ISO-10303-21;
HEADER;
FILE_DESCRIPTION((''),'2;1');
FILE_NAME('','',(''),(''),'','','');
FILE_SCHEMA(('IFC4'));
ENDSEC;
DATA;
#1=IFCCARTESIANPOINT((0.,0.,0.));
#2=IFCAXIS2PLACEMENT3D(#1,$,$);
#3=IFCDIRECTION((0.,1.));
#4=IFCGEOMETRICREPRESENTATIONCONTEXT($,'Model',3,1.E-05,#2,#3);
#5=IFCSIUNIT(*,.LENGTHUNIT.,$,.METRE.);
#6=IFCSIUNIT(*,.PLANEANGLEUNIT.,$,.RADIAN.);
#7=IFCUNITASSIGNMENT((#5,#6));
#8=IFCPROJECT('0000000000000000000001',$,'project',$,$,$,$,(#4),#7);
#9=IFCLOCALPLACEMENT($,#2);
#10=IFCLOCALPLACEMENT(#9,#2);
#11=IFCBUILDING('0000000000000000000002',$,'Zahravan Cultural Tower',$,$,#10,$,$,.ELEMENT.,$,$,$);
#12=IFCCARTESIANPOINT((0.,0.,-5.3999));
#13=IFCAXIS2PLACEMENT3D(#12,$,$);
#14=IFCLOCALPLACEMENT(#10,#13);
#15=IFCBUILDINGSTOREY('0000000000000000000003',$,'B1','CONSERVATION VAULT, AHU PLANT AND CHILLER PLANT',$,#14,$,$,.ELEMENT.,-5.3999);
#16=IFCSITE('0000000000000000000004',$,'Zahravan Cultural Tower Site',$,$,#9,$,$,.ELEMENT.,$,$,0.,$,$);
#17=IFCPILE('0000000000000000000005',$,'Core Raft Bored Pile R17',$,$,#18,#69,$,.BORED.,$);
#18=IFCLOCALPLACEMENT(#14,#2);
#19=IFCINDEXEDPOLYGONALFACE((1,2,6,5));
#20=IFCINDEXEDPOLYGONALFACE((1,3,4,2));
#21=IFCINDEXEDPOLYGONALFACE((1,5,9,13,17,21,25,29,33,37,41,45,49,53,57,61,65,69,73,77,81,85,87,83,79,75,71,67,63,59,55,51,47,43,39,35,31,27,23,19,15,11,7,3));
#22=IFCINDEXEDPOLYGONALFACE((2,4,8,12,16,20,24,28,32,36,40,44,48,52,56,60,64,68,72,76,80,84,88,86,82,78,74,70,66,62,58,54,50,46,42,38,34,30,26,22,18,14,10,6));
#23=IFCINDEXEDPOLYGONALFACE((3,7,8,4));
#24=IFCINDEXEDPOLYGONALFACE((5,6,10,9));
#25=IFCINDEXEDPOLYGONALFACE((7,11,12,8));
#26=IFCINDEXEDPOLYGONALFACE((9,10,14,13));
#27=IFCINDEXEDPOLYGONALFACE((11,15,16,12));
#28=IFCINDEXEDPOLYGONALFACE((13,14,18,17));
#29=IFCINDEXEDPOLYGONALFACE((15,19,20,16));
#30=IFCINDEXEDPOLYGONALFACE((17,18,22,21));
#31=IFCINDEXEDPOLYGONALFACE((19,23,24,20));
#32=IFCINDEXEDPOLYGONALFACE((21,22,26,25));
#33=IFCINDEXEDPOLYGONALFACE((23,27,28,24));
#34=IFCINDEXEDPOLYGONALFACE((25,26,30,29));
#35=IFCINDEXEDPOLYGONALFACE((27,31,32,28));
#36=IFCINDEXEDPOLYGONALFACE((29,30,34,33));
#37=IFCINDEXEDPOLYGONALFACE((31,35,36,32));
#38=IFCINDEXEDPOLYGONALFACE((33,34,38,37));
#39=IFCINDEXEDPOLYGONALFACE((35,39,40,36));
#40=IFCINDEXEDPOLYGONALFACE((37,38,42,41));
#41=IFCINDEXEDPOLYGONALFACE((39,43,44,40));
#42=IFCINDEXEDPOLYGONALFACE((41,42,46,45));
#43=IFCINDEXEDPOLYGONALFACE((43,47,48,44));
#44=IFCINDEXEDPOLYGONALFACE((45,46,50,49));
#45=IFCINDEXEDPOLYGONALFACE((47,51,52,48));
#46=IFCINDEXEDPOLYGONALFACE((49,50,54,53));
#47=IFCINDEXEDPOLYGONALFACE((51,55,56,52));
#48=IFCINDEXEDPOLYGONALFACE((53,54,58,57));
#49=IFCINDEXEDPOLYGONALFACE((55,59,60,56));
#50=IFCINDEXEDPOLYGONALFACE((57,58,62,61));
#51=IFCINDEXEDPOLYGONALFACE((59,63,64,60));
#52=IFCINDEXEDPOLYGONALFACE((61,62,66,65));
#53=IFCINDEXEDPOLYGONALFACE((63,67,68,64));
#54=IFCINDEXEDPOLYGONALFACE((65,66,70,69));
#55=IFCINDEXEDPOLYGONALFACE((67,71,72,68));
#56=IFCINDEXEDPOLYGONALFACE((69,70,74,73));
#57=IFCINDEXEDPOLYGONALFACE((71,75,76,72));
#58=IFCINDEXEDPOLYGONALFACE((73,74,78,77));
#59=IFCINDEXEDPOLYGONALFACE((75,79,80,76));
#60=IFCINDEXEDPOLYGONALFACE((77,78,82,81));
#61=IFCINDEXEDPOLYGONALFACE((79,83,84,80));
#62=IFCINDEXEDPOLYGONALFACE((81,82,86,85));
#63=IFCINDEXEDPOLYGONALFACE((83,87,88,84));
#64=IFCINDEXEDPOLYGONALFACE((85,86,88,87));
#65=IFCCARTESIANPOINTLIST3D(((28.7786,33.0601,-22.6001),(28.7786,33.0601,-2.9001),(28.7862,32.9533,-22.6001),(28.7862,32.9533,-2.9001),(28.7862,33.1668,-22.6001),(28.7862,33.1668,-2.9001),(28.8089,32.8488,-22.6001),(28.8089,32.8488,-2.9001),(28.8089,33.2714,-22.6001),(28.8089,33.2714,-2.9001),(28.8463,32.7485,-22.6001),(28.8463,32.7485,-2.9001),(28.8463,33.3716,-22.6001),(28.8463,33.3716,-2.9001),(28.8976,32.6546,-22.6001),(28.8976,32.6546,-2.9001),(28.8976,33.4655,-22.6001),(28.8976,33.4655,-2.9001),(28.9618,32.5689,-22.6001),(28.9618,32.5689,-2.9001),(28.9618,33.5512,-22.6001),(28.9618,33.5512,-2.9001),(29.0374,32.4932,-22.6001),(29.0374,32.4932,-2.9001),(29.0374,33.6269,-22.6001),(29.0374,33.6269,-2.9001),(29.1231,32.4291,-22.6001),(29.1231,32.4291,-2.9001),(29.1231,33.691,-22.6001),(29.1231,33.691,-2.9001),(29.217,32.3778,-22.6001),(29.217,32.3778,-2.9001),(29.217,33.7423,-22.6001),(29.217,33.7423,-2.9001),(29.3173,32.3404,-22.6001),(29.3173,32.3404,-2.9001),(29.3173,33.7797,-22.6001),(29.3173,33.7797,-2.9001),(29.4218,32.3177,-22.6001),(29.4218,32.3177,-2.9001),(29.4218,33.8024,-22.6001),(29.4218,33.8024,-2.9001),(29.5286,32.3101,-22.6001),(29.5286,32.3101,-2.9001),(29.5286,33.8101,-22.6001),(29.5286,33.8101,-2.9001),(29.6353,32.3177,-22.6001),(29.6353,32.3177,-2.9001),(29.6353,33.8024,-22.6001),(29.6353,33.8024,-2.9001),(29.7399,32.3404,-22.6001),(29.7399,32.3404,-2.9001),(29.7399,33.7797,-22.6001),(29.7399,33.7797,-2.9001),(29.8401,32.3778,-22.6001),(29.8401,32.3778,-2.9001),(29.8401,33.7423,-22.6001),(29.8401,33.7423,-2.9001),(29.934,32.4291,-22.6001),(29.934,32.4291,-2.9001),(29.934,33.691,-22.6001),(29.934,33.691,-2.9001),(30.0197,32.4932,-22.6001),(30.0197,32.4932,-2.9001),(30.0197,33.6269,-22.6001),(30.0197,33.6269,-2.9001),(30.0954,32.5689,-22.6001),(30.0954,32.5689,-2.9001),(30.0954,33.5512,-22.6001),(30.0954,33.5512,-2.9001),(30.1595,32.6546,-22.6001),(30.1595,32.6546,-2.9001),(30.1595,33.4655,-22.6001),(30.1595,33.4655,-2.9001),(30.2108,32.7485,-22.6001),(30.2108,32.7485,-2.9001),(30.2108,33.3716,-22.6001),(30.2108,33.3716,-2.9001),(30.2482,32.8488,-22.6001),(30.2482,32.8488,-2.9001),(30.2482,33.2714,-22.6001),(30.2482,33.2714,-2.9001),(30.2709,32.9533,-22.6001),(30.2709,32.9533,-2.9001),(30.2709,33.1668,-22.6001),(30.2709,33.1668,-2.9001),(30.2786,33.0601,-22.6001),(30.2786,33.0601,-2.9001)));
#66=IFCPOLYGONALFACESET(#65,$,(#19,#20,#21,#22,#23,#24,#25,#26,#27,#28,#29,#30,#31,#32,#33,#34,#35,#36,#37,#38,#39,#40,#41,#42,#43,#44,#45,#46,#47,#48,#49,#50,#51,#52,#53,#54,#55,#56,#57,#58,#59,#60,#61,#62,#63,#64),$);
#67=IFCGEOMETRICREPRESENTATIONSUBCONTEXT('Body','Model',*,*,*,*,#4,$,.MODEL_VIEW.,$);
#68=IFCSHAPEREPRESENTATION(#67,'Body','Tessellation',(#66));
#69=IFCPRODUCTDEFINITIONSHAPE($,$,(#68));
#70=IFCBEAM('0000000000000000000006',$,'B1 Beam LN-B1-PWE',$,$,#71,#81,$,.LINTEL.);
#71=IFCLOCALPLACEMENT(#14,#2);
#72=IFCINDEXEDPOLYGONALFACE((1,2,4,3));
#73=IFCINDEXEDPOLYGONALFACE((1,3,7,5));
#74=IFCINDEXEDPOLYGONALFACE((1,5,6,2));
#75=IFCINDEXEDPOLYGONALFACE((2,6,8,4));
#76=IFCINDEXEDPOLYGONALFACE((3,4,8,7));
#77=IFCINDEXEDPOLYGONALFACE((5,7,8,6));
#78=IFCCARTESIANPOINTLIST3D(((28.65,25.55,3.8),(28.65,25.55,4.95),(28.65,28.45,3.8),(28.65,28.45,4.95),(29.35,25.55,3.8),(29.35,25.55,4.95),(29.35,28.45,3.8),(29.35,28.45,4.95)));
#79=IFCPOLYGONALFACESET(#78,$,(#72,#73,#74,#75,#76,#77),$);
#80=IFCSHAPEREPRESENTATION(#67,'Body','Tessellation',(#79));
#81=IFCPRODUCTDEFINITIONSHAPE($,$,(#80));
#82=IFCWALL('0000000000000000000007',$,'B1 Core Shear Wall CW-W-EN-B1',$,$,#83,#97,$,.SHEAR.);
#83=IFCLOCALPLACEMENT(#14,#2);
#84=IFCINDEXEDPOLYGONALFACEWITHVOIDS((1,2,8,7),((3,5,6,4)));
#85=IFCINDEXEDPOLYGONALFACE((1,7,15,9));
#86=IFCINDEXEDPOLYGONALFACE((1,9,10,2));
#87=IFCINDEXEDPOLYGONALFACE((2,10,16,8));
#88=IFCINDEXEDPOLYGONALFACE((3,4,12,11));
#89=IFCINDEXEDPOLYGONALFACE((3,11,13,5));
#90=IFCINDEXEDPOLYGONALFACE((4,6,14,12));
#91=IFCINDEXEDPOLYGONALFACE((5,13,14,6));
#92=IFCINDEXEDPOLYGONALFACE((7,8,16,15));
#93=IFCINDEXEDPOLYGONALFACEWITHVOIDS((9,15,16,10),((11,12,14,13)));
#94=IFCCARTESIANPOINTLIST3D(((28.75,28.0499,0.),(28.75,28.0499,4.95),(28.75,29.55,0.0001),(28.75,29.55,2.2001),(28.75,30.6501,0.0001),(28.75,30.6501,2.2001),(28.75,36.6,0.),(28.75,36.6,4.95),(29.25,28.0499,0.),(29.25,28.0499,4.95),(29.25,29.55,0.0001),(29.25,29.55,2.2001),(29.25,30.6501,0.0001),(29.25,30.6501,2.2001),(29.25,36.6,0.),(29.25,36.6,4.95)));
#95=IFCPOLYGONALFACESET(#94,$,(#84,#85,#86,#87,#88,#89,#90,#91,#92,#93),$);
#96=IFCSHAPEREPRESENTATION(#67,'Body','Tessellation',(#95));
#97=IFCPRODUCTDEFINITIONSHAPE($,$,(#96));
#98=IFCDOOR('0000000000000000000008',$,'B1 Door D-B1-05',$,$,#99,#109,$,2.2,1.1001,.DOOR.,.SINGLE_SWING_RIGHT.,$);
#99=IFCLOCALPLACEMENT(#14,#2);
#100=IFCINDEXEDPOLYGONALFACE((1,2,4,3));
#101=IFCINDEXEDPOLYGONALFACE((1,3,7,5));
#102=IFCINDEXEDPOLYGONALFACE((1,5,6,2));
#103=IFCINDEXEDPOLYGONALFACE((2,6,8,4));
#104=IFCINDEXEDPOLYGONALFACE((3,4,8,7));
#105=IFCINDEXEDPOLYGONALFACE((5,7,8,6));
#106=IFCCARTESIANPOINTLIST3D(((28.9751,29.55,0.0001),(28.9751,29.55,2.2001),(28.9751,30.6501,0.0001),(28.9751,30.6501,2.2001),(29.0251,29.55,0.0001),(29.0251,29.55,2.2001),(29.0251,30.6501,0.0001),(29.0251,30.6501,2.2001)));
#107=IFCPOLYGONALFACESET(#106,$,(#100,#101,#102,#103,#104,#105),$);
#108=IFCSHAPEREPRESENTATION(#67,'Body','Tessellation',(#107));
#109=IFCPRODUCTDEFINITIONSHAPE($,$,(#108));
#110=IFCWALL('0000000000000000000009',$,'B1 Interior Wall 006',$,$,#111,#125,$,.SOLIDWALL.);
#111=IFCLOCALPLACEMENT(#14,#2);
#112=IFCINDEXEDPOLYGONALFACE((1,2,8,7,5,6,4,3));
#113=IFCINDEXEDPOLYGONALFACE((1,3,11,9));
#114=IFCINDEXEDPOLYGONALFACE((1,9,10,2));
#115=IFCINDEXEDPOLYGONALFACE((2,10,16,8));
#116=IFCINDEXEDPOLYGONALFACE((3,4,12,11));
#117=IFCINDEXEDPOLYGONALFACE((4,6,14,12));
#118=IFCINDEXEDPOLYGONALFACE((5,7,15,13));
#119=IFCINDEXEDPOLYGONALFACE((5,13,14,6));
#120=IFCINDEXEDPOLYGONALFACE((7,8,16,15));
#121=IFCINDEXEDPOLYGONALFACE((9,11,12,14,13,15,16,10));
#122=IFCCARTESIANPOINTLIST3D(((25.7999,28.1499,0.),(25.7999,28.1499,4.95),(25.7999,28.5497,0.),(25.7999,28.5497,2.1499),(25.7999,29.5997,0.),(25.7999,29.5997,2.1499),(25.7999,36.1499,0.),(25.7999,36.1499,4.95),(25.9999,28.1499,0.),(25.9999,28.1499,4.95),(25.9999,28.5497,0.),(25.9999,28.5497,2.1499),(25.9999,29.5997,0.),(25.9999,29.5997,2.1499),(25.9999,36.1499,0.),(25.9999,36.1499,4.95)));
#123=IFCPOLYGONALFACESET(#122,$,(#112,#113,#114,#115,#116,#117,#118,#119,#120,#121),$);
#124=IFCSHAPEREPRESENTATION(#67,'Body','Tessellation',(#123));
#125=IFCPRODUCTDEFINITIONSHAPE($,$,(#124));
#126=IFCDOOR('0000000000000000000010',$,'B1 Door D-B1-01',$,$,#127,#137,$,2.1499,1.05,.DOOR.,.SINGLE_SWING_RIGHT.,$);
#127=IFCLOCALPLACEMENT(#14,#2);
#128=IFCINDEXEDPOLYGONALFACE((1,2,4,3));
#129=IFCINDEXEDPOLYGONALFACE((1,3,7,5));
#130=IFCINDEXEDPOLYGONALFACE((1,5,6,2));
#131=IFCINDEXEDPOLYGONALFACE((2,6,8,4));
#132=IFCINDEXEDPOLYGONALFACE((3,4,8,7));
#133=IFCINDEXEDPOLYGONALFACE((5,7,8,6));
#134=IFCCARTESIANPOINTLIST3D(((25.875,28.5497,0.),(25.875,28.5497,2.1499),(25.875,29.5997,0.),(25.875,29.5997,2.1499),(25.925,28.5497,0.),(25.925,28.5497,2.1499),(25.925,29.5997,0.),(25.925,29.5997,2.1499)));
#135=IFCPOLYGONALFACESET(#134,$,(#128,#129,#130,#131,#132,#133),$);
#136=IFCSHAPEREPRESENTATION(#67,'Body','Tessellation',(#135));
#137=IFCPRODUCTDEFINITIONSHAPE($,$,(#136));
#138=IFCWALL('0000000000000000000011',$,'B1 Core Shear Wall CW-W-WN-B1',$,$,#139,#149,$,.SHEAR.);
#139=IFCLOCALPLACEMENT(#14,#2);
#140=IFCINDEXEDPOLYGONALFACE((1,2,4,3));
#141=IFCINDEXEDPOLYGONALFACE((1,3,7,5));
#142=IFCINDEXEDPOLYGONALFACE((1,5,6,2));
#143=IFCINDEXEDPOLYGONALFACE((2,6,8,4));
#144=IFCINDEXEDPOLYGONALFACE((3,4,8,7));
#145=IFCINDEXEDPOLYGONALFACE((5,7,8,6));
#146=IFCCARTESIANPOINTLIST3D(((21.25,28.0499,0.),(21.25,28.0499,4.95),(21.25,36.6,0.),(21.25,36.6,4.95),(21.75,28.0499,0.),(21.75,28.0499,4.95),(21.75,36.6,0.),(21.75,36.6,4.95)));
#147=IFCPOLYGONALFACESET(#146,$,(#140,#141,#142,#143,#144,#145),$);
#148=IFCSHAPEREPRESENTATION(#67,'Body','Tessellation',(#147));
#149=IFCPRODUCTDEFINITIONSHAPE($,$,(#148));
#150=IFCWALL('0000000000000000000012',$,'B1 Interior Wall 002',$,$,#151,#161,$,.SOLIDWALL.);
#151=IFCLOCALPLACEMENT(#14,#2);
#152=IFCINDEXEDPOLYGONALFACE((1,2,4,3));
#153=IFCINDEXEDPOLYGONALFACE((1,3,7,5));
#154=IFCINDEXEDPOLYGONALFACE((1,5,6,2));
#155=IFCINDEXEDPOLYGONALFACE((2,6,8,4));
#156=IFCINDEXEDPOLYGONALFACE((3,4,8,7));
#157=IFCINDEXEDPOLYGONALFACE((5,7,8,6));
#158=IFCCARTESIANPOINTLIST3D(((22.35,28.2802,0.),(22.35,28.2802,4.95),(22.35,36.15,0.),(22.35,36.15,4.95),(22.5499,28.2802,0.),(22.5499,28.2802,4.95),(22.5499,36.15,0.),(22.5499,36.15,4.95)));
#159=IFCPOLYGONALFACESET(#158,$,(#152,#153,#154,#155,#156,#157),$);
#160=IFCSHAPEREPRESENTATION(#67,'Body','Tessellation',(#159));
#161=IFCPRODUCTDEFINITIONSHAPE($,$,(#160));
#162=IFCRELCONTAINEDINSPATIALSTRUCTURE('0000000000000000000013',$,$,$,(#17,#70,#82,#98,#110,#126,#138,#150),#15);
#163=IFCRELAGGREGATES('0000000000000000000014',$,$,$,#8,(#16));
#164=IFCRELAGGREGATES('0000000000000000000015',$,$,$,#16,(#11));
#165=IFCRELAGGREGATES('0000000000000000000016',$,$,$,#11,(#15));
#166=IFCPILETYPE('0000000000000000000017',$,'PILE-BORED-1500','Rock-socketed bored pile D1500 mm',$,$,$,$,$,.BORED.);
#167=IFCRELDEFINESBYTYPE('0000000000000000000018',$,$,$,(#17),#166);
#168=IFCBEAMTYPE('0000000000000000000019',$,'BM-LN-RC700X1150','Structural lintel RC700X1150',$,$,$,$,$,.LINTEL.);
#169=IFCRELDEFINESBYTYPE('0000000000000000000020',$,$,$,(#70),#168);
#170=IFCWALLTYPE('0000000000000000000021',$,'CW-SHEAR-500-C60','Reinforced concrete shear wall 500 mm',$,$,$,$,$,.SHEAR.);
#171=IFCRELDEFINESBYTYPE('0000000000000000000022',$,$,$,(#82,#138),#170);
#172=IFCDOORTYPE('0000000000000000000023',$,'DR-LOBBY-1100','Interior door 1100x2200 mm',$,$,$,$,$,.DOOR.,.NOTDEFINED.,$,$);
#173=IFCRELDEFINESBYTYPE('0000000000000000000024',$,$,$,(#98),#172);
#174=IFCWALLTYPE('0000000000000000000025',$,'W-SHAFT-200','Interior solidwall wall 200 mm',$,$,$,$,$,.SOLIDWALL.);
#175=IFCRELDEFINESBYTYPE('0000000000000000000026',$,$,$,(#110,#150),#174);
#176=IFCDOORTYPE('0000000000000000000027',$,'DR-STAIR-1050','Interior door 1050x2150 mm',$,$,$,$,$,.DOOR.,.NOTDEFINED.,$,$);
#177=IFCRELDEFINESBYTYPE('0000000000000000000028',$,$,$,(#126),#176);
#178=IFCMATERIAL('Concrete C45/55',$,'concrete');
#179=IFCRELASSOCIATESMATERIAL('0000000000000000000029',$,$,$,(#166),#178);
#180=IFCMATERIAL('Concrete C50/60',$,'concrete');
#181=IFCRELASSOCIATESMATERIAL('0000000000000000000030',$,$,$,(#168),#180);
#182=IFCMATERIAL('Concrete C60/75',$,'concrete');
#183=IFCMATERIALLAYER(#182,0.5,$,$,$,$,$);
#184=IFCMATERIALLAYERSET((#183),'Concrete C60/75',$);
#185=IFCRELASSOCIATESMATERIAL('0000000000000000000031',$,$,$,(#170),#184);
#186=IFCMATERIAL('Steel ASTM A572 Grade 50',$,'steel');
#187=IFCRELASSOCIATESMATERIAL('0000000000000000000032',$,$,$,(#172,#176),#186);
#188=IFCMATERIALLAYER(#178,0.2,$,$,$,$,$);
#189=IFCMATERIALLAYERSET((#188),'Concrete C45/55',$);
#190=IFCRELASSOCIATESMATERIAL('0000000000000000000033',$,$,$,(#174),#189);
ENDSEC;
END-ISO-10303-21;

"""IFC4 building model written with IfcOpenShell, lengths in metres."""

from ifc_helpers import new_model, si_unit, direction, frame, frame_2d, origin, origin_2d, place, context, subcontext, project, spatial, rectangle, circle, extrude, source, transform, mapped, material, layer, layer_set, material_profile, profile_set, type_object, element, fill, save


model = new_model("IFC4")

# Units and contexts
model_context = context("Model", 3, precision=1e-05, world=origin(), true_north=direction((0.0, 1.0)))
body_context = subcontext(model_context, "Body", "Model", "MODEL_VIEW")
ifc_project = project(units=[si_unit("LENGTHUNIT", "METRE"), si_unit("PLANEANGLEUNIT", "RADIAN")], contexts=[model_context])

# Site, building, storey
site_placement = place(None, origin())
site = spatial("IfcSite", under=ifc_project, at=site_placement, Name="Zahravan Cultural Tower Site", CompositionType="ELEMENT", RefElevation=0.0)
building_placement = place(site_placement, origin())
building = spatial("IfcBuilding", under=site, at=building_placement, Name="Zahravan Cultural Tower", CompositionType="ELEMENT")
storey_placement = place(building_placement, frame((0.0, 0.0, -5.3999)))
storey = spatial("IfcBuildingStorey", under=building, at=storey_placement, Name="B1", Description="CONSERVATION VAULT, AHU PLANT AND CHILLER PLANT", CompositionType="ELEMENT", Elevation=-5.3999)

# Pile
ifc_material_1 = material(Name="Concrete C45/55", Category="concrete")
ifc_material_profile_1 = material_profile(ifc_material_1, circle(Radius=0.75, at=origin_2d()), Name="PILE-D1500")
ifc_profile_set_1 = profile_set([ifc_material_profile_1], Name="Concrete C45/55")
pile_type = type_object("IfcPileType", Name="PILE-BORED-1500", Description="Rock-socketed bored pile D1500 mm", PredefinedType="BORED", material=ifc_profile_set_1)
for number, where, z_axis, x_axis, name in (
    (1, (29.5286, 33.0601, -2.9001), (0.0, 0.0, -1.0), (1.0, 0.0, 0.0), "Core Raft Bored Pile R17"),
):
    element("IfcPile", number, at=place(storey_placement, frame(where, z_axis=z_axis, x_axis=x_axis)), inside=storey, type_object=pile_type, Name=name, PredefinedType="BORED", context=body_context, shape_type="SweptSolid", body=[
        extrude(circle(Radius=0.75, at=origin_2d()), origin(), (0.0, 0.0, 1.0), 19.7),
    ])

# Beam
ifc_material_2 = material(Name="Concrete C50/60", Category="concrete")
ifc_material_profile_2 = material_profile(ifc_material_2, rectangle(XDim=0.7, YDim=1.1499, at=origin_2d()), Name="RC700X1150")
ifc_profile_set_2 = profile_set([ifc_material_profile_2], Name="Concrete C50/60")
beam_type = type_object("IfcBeamType", Name="BM-LN-RC700X1150", Description="Structural lintel RC700X1150", PredefinedType="LINTEL", material=ifc_profile_set_2)
shared_shape_1 = source(origin(), body_context, "Body", "SweptSolid", [
    extrude(rectangle(XDim=0.7, YDim=1.1499, at=origin_2d()), origin(), (0.0, 0.0, 1.0), 2.8999),
])
beam_placement = place(storey_placement, frame((29.0, 25.55, 4.375), z_axis=(0.0, 1.0, 0.0), x_axis=(-1.0, 0.0, 0.0)))
element("IfcBeam", 2, at=beam_placement, inside=storey, type_object=beam_type, Name="B1 Beam LN-B1-PWE", PredefinedType="LINTEL", context=body_context, shape_type="MappedRepresentation", body=[
    mapped(shared_shape_1, transform((0.0, 0.0, 0.0), x_axis=(1.0, 0.0, 0.0), y_axis=(0.0, 1.0, 0.0), z_axis=(0.0, 0.0, 1.0), scale=1.0)),
])

# Walls, openings, doors
ifc_material_3 = material(Name="Concrete C60/75", Category="concrete")
ifc_layer_1 = layer(ifc_material_3, 0.5)
ifc_layer_set_1 = layer_set([ifc_layer_1], Name="Concrete C60/75")
wall_type_1 = type_object("IfcWallType", Name="CW-SHEAR-500-C60", Description="Reinforced concrete shear wall 500 mm", PredefinedType="SHEAR", material=ifc_layer_set_1)
wall_1_placement = place(storey_placement, frame((29.0, 28.05, 0.0), z_axis=(0.0, 0.0, 1.0), x_axis=(0.0, 1.0, 0.0)))
wall_1 = element("IfcWall", 3, at=wall_1_placement, inside=storey, type_object=wall_type_1, Name="B1 Core Shear Wall CW-W-EN-B1", PredefinedType="SHEAR", context=body_context, shape_type="SweptSolid", body=[
    extrude(rectangle(XDim=8.55, YDim=0.5, at=frame_2d((4.2749, 0.0))), origin(), (0.0, 0.0, 1.0), 4.95),
])
opening_1_placement = place(wall_1_placement, frame((1.5, 0.0, 0.0)))
opening_1 = element("IfcOpeningElement", 4, at=opening_1_placement, cuts=wall_1, PredefinedType="OPENING", context=body_context, shape_type="SweptSolid", body=[
    extrude(rectangle(XDim=1.1001, YDim=2.2, at=frame_2d((0.55, 1.1001))), frame((0.0, 0.26, 0.0), z_axis=(0.0, -1.0, 0.0), x_axis=(1.0, 0.0, 0.0)), (0.0, 0.0, 1.0), 0.52),
])
ifc_material_4 = material(Name="Steel ASTM A572 Grade 50", Category="steel")
door_type_1 = type_object("IfcDoorType", Name="DR-LOBBY-1100", Description="Interior door 1100x2200 mm", OperationType="NOTDEFINED", PredefinedType="DOOR", material=ifc_material_4)
shared_shape_2 = source(origin(), body_context, "Body", "SweptSolid", [
    extrude(rectangle(XDim=1.1001, YDim=2.2, at=frame_2d((0.55, 1.1001))), frame((0.0, 0.0249, 0.0), z_axis=(0.0, -1.0, 0.0), x_axis=(1.0, 0.0, 0.0)), (0.0, 0.0, 1.0), 0.05),
])
door_1_placement = place(opening_1_placement, origin())
door_1 = element("IfcDoor", 5, at=door_1_placement, inside=storey, type_object=door_type_1, Name="B1 Door D-B1-05", OperationType="SINGLE_SWING_RIGHT", OverallHeight=2.2, OverallWidth=1.1001, PredefinedType="DOOR", context=body_context, shape_type="MappedRepresentation", body=[
    mapped(shared_shape_2, transform((0.0, 0.0, 0.0), x_axis=(1.0, 0.0, 0.0), y_axis=(0.0, 1.0, 0.0), z_axis=(0.0, 0.0, 1.0), scale=1.0)),
])
fill(opening_1, door_1)
ifc_layer_2 = layer(ifc_material_1, 0.2)
ifc_layer_set_2 = layer_set([ifc_layer_2], Name="Concrete C45/55")
wall_type_2 = type_object("IfcWallType", Name="W-SHAFT-200", Description="Interior solidwall wall 200 mm", PredefinedType="SOLIDWALL", material=ifc_layer_set_2)
wall_2_placement = place(storey_placement, frame((25.8999, 28.1499, 0.0), z_axis=(0.0, 0.0, 1.0), x_axis=(0.0, 1.0, 0.0)))
wall_2 = element("IfcWall", 6, at=wall_2_placement, inside=storey, type_object=wall_type_2, Name="B1 Interior Wall 006", PredefinedType="SOLIDWALL", context=body_context, shape_type="SweptSolid", body=[
    extrude(rectangle(XDim=8.0, YDim=0.2, at=frame_2d((4.0, 0.0))), origin(), (0.0, 0.0, 1.0), 4.95),
])
opening_2_placement = place(wall_2_placement, frame((0.3999, 0.0, 0.0)))
opening_2 = element("IfcOpeningElement", 7, at=opening_2_placement, cuts=wall_2, PredefinedType="OPENING", context=body_context, shape_type="SweptSolid", body=[
    extrude(rectangle(XDim=1.05, YDim=2.1499, at=frame_2d((0.5249, 1.075))), frame((0.0, 0.1099, 0.0), z_axis=(0.0, -1.0, 0.0), x_axis=(1.0, 0.0, 0.0)), (0.0, 0.0, 1.0), 0.22),
])
door_type_2 = type_object("IfcDoorType", Name="DR-STAIR-1050", Description="Interior door 1050x2150 mm", OperationType="NOTDEFINED", PredefinedType="DOOR", material=ifc_material_4)
shared_shape_3 = source(origin(), body_context, "Body", "SweptSolid", [
    extrude(rectangle(XDim=1.05, YDim=2.1499, at=frame_2d((0.5249, 1.075))), frame((0.0, 0.0249, 0.0), z_axis=(0.0, -1.0, 0.0), x_axis=(1.0, 0.0, 0.0)), (0.0, 0.0, 1.0), 0.05),
])
door_2_placement = place(opening_2_placement, origin())
door_2 = element("IfcDoor", 8, at=door_2_placement, inside=storey, type_object=door_type_2, Name="B1 Door D-B1-01", OperationType="SINGLE_SWING_RIGHT", OverallHeight=2.1499, OverallWidth=1.05, PredefinedType="DOOR", context=body_context, shape_type="MappedRepresentation", body=[
    mapped(shared_shape_3, transform((0.0, 0.0, 0.0), x_axis=(1.0, 0.0, 0.0), y_axis=(0.0, 1.0, 0.0), z_axis=(0.0, 0.0, 1.0), scale=1.0)),
])
fill(opening_2, door_2)

# Walls
shared_shape_4 = source(origin(), body_context, "Body", "SweptSolid", [
    extrude(rectangle(XDim=8.55, YDim=0.5, at=frame_2d((4.2749, 0.0))), origin(), (0.0, 0.0, 1.0), 4.95),
])
wall_3_placement = place(storey_placement, frame((21.5, 28.05, 0.0), z_axis=(0.0, 0.0, 1.0), x_axis=(0.0, 1.0, 0.0)))
element("IfcWall", 9, at=wall_3_placement, inside=storey, type_object=wall_type_1, Name="B1 Core Shear Wall CW-W-WN-B1", PredefinedType="SHEAR", context=body_context, shape_type="MappedRepresentation", body=[
    mapped(shared_shape_4, transform((0.0, 0.0, 0.0), x_axis=(1.0, 0.0, 0.0), y_axis=(0.0, 1.0, 0.0), z_axis=(0.0, 0.0, 1.0), scale=1.0)),
])
shared_shape_5 = source(origin(), body_context, "Body", "SweptSolid", [
    extrude(rectangle(XDim=7.8699, YDim=0.2, at=frame_2d((3.9351, 0.0))), origin(), (0.0, 0.0, 1.0), 4.95),
])
wall_4_placement = place(storey_placement, frame((22.45, 28.28, 0.0), z_axis=(0.0, 0.0, 1.0), x_axis=(0.0, 1.0, 0.0)))
element("IfcWall", 10, at=wall_4_placement, inside=storey, type_object=wall_type_2, Name="B1 Interior Wall 002", PredefinedType="SOLIDWALL", context=body_context, shape_type="MappedRepresentation", body=[
    mapped(shared_shape_5, transform((0.0, 0.0, 0.0), x_axis=(1.0, 0.0, 0.0), y_axis=(0.0, 1.0, 0.0), z_axis=(0.0, 0.0, 1.0), scale=1.0)),
])

save(model, "model.ifc")
